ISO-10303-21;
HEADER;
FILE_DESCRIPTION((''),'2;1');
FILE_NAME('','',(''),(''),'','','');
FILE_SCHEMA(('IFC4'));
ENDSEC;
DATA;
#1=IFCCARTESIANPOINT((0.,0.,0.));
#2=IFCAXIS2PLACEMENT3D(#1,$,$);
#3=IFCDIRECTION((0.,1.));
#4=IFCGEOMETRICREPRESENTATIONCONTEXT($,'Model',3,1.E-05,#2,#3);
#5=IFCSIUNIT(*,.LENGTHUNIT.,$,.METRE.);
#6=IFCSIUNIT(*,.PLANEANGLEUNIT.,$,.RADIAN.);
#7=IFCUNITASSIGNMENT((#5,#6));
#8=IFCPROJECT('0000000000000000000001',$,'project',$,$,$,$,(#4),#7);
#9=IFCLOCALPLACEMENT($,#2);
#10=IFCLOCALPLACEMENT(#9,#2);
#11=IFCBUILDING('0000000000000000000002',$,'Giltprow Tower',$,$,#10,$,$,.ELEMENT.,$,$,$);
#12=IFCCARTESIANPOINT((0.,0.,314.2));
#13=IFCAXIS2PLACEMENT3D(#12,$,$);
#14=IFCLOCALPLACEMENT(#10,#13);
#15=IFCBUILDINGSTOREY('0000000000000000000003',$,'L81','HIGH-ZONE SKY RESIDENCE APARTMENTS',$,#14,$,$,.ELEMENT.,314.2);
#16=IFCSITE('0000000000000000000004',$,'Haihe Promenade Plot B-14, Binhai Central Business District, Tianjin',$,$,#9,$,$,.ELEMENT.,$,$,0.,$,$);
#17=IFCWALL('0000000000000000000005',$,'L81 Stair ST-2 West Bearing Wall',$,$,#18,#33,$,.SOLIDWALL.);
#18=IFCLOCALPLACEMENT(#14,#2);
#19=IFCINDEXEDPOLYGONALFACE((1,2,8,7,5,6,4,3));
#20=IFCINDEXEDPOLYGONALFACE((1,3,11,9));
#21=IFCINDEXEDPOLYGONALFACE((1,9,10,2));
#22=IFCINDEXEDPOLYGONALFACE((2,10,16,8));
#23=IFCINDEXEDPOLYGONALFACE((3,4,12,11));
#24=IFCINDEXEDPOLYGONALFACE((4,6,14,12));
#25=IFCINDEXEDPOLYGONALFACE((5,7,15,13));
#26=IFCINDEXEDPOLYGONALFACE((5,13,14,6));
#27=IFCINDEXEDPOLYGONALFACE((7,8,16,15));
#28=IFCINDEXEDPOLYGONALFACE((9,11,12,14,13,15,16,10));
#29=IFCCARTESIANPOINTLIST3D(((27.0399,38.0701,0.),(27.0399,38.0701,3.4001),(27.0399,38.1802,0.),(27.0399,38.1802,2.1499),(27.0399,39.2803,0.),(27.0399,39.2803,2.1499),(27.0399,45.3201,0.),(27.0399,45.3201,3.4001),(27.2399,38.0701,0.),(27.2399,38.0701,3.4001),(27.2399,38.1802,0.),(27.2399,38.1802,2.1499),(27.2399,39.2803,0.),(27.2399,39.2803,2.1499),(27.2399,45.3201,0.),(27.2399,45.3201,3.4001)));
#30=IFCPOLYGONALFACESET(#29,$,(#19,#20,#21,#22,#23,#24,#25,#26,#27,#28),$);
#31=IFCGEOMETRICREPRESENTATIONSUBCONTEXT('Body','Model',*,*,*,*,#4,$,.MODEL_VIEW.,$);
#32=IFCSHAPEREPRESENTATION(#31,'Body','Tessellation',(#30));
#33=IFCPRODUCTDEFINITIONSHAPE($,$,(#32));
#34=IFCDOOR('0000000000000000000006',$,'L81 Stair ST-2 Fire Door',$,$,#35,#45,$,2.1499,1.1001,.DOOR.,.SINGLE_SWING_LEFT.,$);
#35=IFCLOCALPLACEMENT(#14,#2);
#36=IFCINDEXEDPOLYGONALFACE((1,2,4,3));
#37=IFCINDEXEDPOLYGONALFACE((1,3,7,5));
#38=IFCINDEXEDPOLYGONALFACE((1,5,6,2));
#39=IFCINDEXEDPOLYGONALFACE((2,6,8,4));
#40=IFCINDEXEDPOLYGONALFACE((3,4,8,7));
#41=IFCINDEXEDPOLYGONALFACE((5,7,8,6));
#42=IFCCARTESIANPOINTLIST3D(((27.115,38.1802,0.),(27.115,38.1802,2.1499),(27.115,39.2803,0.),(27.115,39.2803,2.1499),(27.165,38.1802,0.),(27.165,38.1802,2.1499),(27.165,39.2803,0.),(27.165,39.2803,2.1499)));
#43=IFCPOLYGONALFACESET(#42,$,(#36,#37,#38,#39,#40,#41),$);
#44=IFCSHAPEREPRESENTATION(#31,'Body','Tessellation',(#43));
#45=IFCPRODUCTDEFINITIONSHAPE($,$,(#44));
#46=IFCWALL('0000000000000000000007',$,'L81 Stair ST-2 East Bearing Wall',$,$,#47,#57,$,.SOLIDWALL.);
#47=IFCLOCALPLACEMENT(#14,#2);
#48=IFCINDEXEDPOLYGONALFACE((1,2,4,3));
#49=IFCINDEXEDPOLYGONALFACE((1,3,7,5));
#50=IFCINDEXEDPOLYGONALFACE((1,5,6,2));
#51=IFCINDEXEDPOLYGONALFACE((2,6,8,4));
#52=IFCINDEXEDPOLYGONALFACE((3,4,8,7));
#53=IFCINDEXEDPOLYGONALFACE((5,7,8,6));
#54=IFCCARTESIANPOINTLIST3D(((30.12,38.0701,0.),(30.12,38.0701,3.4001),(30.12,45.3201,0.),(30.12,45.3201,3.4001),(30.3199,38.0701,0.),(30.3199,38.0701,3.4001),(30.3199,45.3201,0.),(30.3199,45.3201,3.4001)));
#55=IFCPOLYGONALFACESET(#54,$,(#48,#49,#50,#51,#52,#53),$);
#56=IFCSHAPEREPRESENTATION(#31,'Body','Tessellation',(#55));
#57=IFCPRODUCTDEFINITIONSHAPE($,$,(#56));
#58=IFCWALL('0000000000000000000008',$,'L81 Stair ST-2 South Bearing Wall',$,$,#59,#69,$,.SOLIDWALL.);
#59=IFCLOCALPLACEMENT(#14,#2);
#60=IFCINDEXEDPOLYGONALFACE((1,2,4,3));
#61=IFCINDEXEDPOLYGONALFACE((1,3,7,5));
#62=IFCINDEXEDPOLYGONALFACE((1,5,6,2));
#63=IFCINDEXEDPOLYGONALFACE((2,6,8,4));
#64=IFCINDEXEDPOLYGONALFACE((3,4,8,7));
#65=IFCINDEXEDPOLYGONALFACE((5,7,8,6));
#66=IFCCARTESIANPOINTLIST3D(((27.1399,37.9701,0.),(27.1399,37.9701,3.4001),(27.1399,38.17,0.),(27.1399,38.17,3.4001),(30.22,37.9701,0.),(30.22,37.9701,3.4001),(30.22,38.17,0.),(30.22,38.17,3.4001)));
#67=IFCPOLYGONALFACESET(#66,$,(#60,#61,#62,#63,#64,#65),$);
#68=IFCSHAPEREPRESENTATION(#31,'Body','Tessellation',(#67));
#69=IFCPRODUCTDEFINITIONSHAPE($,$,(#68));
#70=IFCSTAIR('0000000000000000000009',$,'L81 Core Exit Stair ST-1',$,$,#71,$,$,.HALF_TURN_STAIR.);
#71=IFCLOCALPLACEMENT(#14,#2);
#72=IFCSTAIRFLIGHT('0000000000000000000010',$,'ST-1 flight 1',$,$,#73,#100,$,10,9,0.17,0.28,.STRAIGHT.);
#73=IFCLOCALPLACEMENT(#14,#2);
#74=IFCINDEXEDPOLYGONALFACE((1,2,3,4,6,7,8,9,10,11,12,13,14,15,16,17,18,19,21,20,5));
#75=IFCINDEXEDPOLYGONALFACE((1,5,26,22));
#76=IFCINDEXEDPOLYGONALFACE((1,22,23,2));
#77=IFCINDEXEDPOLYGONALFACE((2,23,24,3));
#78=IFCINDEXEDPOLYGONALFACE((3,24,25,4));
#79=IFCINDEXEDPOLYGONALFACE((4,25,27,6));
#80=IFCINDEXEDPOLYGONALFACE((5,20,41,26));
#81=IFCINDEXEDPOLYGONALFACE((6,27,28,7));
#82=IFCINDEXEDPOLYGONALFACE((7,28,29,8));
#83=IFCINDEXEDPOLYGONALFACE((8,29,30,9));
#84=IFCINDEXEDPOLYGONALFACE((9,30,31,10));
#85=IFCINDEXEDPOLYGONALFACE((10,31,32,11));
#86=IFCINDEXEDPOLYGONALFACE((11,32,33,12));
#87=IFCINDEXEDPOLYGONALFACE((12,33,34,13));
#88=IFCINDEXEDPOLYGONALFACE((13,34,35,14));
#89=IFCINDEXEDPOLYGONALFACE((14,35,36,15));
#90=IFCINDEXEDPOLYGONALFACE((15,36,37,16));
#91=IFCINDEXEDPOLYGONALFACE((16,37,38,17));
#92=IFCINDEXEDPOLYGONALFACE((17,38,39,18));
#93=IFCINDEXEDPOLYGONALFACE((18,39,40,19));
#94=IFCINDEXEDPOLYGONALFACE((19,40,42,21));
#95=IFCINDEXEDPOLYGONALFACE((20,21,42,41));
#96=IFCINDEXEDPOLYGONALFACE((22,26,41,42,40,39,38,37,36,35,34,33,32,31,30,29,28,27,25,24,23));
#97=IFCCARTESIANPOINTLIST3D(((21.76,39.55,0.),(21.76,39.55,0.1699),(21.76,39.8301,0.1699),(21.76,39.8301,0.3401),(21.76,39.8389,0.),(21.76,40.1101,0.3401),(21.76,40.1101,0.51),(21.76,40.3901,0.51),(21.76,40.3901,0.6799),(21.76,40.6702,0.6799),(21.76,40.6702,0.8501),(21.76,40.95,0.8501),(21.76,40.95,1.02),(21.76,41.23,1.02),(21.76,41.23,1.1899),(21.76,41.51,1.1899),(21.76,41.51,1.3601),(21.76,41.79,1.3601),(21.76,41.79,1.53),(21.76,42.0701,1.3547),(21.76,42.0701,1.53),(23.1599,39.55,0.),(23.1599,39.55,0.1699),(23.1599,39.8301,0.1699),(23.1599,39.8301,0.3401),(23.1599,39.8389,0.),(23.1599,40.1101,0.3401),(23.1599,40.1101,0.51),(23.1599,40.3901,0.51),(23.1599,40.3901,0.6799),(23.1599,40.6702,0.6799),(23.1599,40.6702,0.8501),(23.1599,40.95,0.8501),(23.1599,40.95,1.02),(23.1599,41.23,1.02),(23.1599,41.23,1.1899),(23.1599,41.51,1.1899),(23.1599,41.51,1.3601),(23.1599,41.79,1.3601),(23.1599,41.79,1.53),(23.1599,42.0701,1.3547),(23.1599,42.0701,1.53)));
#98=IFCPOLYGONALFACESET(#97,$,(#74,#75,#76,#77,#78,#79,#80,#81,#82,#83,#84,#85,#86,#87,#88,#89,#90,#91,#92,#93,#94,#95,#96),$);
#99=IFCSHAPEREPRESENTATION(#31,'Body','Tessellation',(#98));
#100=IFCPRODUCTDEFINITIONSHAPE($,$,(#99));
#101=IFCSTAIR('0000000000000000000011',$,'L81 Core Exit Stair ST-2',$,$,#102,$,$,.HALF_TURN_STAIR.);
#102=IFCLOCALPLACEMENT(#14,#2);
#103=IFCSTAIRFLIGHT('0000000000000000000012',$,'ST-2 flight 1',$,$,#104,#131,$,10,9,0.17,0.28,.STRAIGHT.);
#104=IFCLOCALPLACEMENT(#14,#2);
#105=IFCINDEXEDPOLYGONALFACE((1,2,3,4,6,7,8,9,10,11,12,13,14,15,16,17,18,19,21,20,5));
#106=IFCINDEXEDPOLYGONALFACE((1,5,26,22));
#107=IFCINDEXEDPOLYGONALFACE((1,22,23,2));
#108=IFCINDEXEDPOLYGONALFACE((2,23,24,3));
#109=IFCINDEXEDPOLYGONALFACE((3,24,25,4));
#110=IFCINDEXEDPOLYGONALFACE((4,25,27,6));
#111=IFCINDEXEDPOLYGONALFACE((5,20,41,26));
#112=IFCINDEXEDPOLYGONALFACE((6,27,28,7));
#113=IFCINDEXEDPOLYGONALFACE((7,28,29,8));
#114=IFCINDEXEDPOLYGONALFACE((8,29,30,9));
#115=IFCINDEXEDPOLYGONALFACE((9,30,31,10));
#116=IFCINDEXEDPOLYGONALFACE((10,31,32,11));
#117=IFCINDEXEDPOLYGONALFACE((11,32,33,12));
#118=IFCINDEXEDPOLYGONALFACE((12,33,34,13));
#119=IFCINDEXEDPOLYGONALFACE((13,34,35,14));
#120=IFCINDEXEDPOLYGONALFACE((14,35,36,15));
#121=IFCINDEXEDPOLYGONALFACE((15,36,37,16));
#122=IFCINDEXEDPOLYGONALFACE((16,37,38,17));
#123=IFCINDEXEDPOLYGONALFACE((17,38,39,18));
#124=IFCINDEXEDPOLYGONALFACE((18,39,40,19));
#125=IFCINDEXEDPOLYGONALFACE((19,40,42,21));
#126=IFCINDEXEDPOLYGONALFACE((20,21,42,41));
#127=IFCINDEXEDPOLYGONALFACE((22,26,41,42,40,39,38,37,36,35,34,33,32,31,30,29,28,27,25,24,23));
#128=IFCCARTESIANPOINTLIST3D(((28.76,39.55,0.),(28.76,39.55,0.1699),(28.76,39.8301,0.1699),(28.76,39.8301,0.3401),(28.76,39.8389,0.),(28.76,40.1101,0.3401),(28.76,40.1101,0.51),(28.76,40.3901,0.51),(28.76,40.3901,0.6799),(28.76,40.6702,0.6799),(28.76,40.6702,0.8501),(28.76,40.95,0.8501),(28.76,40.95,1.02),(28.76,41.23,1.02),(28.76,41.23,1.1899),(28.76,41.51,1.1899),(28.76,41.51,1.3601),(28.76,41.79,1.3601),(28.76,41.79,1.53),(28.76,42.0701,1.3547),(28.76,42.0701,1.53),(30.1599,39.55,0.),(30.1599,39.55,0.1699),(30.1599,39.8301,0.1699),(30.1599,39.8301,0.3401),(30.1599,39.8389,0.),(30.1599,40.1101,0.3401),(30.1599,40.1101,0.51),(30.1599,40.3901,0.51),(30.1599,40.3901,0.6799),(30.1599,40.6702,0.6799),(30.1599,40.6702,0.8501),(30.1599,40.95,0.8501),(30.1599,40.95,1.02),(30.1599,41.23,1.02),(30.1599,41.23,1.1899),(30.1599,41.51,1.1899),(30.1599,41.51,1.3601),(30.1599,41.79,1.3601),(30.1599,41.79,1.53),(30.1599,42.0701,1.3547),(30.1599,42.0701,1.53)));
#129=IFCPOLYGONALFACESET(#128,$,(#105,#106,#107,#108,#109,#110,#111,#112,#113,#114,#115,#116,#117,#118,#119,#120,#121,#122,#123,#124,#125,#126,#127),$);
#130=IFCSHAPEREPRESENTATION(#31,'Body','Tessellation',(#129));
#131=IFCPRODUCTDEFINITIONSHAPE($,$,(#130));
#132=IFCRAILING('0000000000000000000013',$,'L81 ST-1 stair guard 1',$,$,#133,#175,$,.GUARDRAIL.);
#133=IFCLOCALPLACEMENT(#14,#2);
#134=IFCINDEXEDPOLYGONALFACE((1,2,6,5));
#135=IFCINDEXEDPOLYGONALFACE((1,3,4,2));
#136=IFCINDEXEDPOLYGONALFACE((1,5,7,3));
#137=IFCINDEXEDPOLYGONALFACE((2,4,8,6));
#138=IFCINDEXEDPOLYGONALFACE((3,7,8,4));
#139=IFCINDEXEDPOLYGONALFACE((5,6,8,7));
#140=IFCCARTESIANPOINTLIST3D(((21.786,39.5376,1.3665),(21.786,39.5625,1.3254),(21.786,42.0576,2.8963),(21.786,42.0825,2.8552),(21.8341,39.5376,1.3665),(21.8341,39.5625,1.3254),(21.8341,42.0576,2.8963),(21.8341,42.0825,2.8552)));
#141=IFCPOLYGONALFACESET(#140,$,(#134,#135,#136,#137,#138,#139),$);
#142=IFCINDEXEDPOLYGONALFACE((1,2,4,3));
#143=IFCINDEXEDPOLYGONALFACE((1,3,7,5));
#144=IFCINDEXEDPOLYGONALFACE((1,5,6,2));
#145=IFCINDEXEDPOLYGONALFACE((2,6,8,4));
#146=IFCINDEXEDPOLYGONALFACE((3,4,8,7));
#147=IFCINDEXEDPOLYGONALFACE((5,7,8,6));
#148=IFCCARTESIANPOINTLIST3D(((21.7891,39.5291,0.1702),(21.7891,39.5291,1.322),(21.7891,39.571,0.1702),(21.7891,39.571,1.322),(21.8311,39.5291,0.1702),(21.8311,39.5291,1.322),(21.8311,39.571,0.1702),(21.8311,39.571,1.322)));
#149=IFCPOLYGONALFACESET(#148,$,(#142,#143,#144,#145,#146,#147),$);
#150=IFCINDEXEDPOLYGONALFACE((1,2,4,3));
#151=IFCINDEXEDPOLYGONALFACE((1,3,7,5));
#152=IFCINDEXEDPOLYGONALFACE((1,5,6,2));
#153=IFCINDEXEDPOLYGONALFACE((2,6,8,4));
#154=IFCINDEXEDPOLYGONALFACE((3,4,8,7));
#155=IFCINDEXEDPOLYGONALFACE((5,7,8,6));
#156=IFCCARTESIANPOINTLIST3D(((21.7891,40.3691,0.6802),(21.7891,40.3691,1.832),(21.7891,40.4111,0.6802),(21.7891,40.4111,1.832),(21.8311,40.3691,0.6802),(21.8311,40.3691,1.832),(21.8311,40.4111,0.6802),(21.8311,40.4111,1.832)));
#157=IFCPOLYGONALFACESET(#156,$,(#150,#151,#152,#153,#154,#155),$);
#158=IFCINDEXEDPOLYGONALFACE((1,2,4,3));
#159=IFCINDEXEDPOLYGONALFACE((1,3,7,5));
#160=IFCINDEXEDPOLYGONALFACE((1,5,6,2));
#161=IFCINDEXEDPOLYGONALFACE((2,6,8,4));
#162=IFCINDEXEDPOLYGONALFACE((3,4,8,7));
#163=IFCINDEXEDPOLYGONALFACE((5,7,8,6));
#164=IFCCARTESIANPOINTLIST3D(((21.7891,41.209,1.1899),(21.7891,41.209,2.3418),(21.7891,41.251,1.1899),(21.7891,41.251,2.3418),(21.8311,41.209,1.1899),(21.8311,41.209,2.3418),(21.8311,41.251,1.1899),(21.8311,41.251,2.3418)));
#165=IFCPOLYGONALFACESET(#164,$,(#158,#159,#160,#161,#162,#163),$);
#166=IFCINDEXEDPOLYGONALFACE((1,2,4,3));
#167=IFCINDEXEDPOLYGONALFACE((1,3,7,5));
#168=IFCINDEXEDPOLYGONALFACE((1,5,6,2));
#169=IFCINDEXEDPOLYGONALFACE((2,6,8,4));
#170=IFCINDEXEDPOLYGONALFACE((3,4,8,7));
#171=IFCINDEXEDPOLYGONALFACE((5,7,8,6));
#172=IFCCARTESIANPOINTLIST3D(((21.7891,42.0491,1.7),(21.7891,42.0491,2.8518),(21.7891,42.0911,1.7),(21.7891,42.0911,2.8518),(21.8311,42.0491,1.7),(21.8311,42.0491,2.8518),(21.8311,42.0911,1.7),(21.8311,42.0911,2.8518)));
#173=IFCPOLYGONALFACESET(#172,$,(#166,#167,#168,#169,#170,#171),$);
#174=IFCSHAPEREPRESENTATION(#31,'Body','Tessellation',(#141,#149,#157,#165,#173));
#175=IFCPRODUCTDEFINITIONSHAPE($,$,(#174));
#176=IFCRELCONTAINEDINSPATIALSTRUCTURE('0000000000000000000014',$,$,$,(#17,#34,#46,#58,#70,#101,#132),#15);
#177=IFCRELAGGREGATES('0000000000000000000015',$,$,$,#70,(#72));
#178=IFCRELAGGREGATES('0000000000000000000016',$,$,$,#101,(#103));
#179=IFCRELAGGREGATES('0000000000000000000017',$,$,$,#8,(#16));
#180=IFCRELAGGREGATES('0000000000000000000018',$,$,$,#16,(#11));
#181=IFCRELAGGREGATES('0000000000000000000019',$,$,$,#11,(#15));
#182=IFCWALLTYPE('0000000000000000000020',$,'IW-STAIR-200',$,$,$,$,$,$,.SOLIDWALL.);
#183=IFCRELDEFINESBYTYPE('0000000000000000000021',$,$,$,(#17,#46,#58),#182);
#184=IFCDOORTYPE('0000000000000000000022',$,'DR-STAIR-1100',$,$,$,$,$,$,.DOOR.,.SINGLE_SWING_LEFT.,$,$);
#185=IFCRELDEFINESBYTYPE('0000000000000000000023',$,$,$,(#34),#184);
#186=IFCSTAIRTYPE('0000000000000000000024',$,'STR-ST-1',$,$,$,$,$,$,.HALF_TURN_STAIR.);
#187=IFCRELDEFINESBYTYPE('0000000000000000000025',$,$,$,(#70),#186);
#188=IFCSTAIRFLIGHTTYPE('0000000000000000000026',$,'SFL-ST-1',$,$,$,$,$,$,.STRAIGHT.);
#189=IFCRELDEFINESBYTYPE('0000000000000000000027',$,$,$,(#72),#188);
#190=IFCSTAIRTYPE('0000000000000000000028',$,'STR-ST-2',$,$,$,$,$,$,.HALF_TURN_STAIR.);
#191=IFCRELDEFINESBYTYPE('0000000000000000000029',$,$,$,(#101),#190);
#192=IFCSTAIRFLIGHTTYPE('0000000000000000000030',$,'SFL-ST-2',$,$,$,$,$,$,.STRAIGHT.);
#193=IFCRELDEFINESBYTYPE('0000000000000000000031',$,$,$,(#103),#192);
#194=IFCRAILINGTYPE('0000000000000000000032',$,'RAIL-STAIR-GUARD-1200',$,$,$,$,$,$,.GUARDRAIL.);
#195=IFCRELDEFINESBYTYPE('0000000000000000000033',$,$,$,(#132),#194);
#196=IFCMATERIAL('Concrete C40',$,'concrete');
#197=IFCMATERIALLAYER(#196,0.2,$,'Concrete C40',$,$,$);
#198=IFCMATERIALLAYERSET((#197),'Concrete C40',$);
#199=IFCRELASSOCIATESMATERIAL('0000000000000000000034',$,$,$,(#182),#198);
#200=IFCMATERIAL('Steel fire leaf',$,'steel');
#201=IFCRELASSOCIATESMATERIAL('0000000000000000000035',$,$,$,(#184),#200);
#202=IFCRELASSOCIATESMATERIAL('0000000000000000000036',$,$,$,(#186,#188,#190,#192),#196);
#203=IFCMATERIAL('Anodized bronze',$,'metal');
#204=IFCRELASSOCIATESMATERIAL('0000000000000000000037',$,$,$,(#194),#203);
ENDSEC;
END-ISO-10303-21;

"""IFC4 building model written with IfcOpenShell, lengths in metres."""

from ifc_helpers import new_model, si_unit, direction, frame, frame_2d, origin, origin_2d, place, context, subcontext, project, spatial, polyline, rectangle, outline, extrude, source, transform, mapped, material, layer, layer_set, type_object, element, fill, aggregate, save


model = new_model("IFC4")

# Units and contexts
model_context = context("Model", 3, precision=1e-05, world=origin(), true_north=direction((0.0, 1.0)))
body_context = subcontext(model_context, "Body", "Model", "MODEL_VIEW")
ifc_project = project(units=[si_unit("LENGTHUNIT", "METRE"), si_unit("PLANEANGLEUNIT", "RADIAN")], contexts=[model_context])

# Site, building, storey
site_placement = place(None, origin())
site = spatial("IfcSite", under=ifc_project, at=site_placement, Name="Haihe Promenade Plot B-14, Binhai Central Business District, Tianjin", CompositionType="ELEMENT", RefElevation=0.0)
building_placement = place(site_placement, origin())
building = spatial("IfcBuilding", under=site, at=building_placement, Name="Giltprow Tower", CompositionType="ELEMENT")
storey_placement = place(building_placement, frame((0.0, 0.0, 314.2)))
storey = spatial("IfcBuildingStorey", under=building, at=storey_placement, Name="L81", Description="HIGH-ZONE SKY RESIDENCE APARTMENTS", CompositionType="ELEMENT", Elevation=314.2)

# Wall, opening, door
ifc_material_1 = material(Name="Concrete C40", Category="concrete")
ifc_layer_1 = layer(ifc_material_1, 0.2, Name="Concrete C40")
ifc_layer_set_1 = layer_set([ifc_layer_1], Name="Concrete C40")
wall_type_1 = type_object("IfcWallType", Name="IW-STAIR-200", PredefinedType="SOLIDWALL", material=ifc_layer_set_1)
ifc_material_2 = material(Name="Steel fire leaf", Category="steel")
door_type_1 = type_object("IfcDoorType", Name="DR-STAIR-1100", OperationType="SINGLE_SWING_LEFT", PredefinedType="DOOR", material=ifc_material_2)
shared_shape_1 = source(origin(), body_context, "Body", "SweptSolid", [
    extrude(rectangle(XDim=1.1001, YDim=2.1499, at=frame_2d((0.55, 1.075))), frame((0.0, 0.0249, 0.0), z_axis=(0.0, -1.0, 0.0), x_axis=(1.0, 0.0, 0.0)), (0.0, 0.0, 1.0), 0.05),
])
wall_1_placement = place(storey_placement, frame((27.1399, 38.0701, 0.0), z_axis=(0.0, 0.0, 1.0), x_axis=(0.0, 1.0, 0.0)))
wall_1 = element("IfcWall", 1, at=wall_1_placement, inside=storey, type_object=wall_type_1, Name="L81 Stair ST-2 West Bearing Wall", PredefinedType="SOLIDWALL", context=body_context, shape_type="SweptSolid", body=[
    extrude(rectangle(XDim=7.25, YDim=0.2, at=frame_2d((3.625, 0.0))), origin(), (0.0, 0.0, 1.0), 3.4001),
])
opening_1_placement = place(wall_1_placement, frame((0.1101, 0.0, 0.0)))
opening_1 = element("IfcOpeningElement", 2, at=opening_1_placement, cuts=wall_1, PredefinedType="OPENING", context=body_context, shape_type="SweptSolid", body=[
    extrude(rectangle(XDim=1.1001, YDim=2.1499, at=frame_2d((0.55, 1.075))), frame((0.0, 0.1099, 0.0), z_axis=(0.0, -1.0, 0.0), x_axis=(1.0, 0.0, 0.0)), (0.0, 0.0, 1.0), 0.22),
])
door_1_placement = place(opening_1_placement, origin())
door_1 = element("IfcDoor", 3, at=door_1_placement, inside=storey, type_object=door_type_1, Name="L81 Stair ST-2 Fire Door", OperationType="SINGLE_SWING_LEFT", OverallHeight=2.1499, OverallWidth=1.1001, PredefinedType="DOOR", context=body_context, shape_type="MappedRepresentation", body=[
    mapped(shared_shape_1, transform((0.0, 0.0, 0.0), x_axis=(1.0, 0.0, 0.0), y_axis=(0.0, 1.0, 0.0), z_axis=(0.0, 0.0, 1.0), scale=1.0)),
])
fill(opening_1, door_1)

# Walls
wall_2_placement = place(storey_placement, frame((30.22, 38.0701, 0.0), z_axis=(0.0, 0.0, 1.0), x_axis=(0.0, 1.0, 0.0)))
element("IfcWall", 4, at=wall_2_placement, inside=storey, type_object=wall_type_1, Name="L81 Stair ST-2 East Bearing Wall", PredefinedType="SOLIDWALL", context=body_context, shape_type="SweptSolid", body=[
    extrude(rectangle(XDim=7.25, YDim=0.2, at=frame_2d((3.625, 0.0))), origin(), (0.0, 0.0, 1.0), 3.4001),
])
wall_3_placement = place(storey_placement, frame((27.1399, 38.0701, 0.0), z_axis=(0.0, 0.0, 1.0), x_axis=(1.0, 0.0, 0.0)))
element("IfcWall", 5, at=wall_3_placement, inside=storey, type_object=wall_type_1, Name="L81 Stair ST-2 South Bearing Wall", PredefinedType="SOLIDWALL", context=body_context, shape_type="SweptSolid", body=[
    extrude(rectangle(XDim=3.0801, YDim=0.2, at=frame_2d((1.54, 0.0))), origin(), (0.0, 0.0, 1.0), 3.4001),
])

# Stairs, stair flights
stair_type_1 = type_object("IfcStairType", Name="STR-ST-1", PredefinedType="HALF_TURN_STAIR", material=ifc_material_1)
stair_1_placement = place(storey_placement, origin())
stair_1 = element("IfcStair", 6, at=stair_1_placement, inside=storey, type_object=stair_type_1, Name="L81 Core Exit Stair ST-1", PredefinedType="HALF_TURN_STAIR")
stair_flight_type_1 = type_object("IfcStairFlightType", Name="SFL-ST-1", PredefinedType="STRAIGHT", material=ifc_material_1)
stair_flight_1_placement = place(storey_placement, frame((22.46, 39.55, 0.0), z_axis=(0.0, 0.0, 1.0), x_axis=(0.0, 1.0, 0.0)))
stair_flight_1 = element("IfcStairFlight", 7, at=stair_flight_1_placement, type_object=stair_flight_type_1, Name="ST-1 flight 1", NumberOfRisers=10, NumberOfTreads=9, PredefinedType="STRAIGHT", RiserHeight=0.17, TreadLength=0.28, context=body_context, shape_type="SweptSolid", body=[
    extrude(outline(polyline([(0.0, 0.0), (0.0, 0.1699), (0.28, 0.1699), (0.28, 0.3401), (0.5601, 0.3401), (0.5601, 0.51), (0.8401, 0.51), (0.8401, 0.6799), (1.1201, 0.6799), (1.1201, 0.8501), (1.3999, 0.8501), (1.3999, 1.02), (1.6799, 1.02), (1.6799, 1.1899), (1.96, 1.1899), (1.96, 1.3601), (2.24, 1.3601), (2.24, 1.53), (2.52, 1.53), (2.52, 1.7), (2.52, 1.3547), (0.2888, 0.0), (0.0, 0.0)])), frame((0.0, 0.7, 0.0), z_axis=(0.0, -1.0, 0.0), x_axis=(1.0, 0.0, 0.0)), (0.0, 0.0, 1.0), 1.3999),
])
aggregate(stair_1, [stair_flight_1])
stair_type_2 = type_object("IfcStairType", Name="STR-ST-2", PredefinedType="HALF_TURN_STAIR", material=ifc_material_1)
stair_2_placement = place(storey_placement, origin())
stair_2 = element("IfcStair", 8, at=stair_2_placement, inside=storey, type_object=stair_type_2, Name="L81 Core Exit Stair ST-2", PredefinedType="HALF_TURN_STAIR")
stair_flight_type_2 = type_object("IfcStairFlightType", Name="SFL-ST-2", PredefinedType="STRAIGHT", material=ifc_material_1)
stair_flight_2_placement = place(storey_placement, frame((29.46, 39.55, 0.0), z_axis=(0.0, 0.0, 1.0), x_axis=(0.0, 1.0, 0.0)))
stair_flight_2 = element("IfcStairFlight", 9, at=stair_flight_2_placement, type_object=stair_flight_type_2, Name="ST-2 flight 1", NumberOfRisers=10, NumberOfTreads=9, PredefinedType="STRAIGHT", RiserHeight=0.17, TreadLength=0.28, context=body_context, shape_type="SweptSolid", body=[
    extrude(outline(polyline([(0.0, 0.0), (0.0, 0.1699), (0.28, 0.1699), (0.28, 0.3401), (0.5601, 0.3401), (0.5601, 0.51), (0.8401, 0.51), (0.8401, 0.6799), (1.1201, 0.6799), (1.1201, 0.8501), (1.3999, 0.8501), (1.3999, 1.02), (1.6799, 1.02), (1.6799, 1.1899), (1.96, 1.1899), (1.96, 1.3601), (2.24, 1.3601), (2.24, 1.53), (2.52, 1.53), (2.52, 1.7), (2.52, 1.3547), (0.2888, 0.0), (0.0, 0.0)])), frame((0.0, 0.7, 0.0), z_axis=(0.0, -1.0, 0.0), x_axis=(1.0, 0.0, 0.0)), (0.0, 0.0, 1.0), 1.3999),
])
aggregate(stair_2, [stair_flight_2])

# Railing
ifc_material_3 = material(Name="Anodized bronze", Category="metal")
railing_type_1 = type_object("IfcRailingType", Name="RAIL-STAIR-GUARD-1200", PredefinedType="GUARDRAIL", material=ifc_material_3)
railing_1_placement = place(storey_placement, frame((21.8101, 39.55, 0.1702)))
element("IfcRailing", 10, at=railing_1_placement, inside=storey, type_object=railing_type_1, Name="L81 ST-1 stair guard 1", PredefinedType="GUARDRAIL", context=body_context, shape_type="SweptSolid", body=[
    extrude(rectangle(XDim=0.0481, YDim=0.0481, at=origin_2d()), frame((0.0, 0.0, 1.1758), z_axis=(0.0, 0.854822, 0.518922), x_axis=(-1.0, 0.0, 0.0)), (0.0, 0.0, 1.0), 2.948),
    extrude(rectangle(XDim=0.042, YDim=0.042, at=origin_2d()), origin(), (0.0, 0.0, 1.0), 1.1519),
    extrude(rectangle(XDim=0.042, YDim=0.042, at=origin_2d()), frame((0.0, 0.8401, 0.51)), (0.0, 0.0, 1.0), 1.1519),
    extrude(rectangle(XDim=0.042, YDim=0.042, at=origin_2d()), frame((0.0, 1.6799, 1.0198)), (0.0, 0.0, 1.0), 1.1519),
    extrude(rectangle(XDim=0.042, YDim=0.042, at=origin_2d()), frame((0.0, 2.52, 1.5298)), (0.0, 0.0, 1.0), 1.1519),
])

save(model, "model.ifc")
